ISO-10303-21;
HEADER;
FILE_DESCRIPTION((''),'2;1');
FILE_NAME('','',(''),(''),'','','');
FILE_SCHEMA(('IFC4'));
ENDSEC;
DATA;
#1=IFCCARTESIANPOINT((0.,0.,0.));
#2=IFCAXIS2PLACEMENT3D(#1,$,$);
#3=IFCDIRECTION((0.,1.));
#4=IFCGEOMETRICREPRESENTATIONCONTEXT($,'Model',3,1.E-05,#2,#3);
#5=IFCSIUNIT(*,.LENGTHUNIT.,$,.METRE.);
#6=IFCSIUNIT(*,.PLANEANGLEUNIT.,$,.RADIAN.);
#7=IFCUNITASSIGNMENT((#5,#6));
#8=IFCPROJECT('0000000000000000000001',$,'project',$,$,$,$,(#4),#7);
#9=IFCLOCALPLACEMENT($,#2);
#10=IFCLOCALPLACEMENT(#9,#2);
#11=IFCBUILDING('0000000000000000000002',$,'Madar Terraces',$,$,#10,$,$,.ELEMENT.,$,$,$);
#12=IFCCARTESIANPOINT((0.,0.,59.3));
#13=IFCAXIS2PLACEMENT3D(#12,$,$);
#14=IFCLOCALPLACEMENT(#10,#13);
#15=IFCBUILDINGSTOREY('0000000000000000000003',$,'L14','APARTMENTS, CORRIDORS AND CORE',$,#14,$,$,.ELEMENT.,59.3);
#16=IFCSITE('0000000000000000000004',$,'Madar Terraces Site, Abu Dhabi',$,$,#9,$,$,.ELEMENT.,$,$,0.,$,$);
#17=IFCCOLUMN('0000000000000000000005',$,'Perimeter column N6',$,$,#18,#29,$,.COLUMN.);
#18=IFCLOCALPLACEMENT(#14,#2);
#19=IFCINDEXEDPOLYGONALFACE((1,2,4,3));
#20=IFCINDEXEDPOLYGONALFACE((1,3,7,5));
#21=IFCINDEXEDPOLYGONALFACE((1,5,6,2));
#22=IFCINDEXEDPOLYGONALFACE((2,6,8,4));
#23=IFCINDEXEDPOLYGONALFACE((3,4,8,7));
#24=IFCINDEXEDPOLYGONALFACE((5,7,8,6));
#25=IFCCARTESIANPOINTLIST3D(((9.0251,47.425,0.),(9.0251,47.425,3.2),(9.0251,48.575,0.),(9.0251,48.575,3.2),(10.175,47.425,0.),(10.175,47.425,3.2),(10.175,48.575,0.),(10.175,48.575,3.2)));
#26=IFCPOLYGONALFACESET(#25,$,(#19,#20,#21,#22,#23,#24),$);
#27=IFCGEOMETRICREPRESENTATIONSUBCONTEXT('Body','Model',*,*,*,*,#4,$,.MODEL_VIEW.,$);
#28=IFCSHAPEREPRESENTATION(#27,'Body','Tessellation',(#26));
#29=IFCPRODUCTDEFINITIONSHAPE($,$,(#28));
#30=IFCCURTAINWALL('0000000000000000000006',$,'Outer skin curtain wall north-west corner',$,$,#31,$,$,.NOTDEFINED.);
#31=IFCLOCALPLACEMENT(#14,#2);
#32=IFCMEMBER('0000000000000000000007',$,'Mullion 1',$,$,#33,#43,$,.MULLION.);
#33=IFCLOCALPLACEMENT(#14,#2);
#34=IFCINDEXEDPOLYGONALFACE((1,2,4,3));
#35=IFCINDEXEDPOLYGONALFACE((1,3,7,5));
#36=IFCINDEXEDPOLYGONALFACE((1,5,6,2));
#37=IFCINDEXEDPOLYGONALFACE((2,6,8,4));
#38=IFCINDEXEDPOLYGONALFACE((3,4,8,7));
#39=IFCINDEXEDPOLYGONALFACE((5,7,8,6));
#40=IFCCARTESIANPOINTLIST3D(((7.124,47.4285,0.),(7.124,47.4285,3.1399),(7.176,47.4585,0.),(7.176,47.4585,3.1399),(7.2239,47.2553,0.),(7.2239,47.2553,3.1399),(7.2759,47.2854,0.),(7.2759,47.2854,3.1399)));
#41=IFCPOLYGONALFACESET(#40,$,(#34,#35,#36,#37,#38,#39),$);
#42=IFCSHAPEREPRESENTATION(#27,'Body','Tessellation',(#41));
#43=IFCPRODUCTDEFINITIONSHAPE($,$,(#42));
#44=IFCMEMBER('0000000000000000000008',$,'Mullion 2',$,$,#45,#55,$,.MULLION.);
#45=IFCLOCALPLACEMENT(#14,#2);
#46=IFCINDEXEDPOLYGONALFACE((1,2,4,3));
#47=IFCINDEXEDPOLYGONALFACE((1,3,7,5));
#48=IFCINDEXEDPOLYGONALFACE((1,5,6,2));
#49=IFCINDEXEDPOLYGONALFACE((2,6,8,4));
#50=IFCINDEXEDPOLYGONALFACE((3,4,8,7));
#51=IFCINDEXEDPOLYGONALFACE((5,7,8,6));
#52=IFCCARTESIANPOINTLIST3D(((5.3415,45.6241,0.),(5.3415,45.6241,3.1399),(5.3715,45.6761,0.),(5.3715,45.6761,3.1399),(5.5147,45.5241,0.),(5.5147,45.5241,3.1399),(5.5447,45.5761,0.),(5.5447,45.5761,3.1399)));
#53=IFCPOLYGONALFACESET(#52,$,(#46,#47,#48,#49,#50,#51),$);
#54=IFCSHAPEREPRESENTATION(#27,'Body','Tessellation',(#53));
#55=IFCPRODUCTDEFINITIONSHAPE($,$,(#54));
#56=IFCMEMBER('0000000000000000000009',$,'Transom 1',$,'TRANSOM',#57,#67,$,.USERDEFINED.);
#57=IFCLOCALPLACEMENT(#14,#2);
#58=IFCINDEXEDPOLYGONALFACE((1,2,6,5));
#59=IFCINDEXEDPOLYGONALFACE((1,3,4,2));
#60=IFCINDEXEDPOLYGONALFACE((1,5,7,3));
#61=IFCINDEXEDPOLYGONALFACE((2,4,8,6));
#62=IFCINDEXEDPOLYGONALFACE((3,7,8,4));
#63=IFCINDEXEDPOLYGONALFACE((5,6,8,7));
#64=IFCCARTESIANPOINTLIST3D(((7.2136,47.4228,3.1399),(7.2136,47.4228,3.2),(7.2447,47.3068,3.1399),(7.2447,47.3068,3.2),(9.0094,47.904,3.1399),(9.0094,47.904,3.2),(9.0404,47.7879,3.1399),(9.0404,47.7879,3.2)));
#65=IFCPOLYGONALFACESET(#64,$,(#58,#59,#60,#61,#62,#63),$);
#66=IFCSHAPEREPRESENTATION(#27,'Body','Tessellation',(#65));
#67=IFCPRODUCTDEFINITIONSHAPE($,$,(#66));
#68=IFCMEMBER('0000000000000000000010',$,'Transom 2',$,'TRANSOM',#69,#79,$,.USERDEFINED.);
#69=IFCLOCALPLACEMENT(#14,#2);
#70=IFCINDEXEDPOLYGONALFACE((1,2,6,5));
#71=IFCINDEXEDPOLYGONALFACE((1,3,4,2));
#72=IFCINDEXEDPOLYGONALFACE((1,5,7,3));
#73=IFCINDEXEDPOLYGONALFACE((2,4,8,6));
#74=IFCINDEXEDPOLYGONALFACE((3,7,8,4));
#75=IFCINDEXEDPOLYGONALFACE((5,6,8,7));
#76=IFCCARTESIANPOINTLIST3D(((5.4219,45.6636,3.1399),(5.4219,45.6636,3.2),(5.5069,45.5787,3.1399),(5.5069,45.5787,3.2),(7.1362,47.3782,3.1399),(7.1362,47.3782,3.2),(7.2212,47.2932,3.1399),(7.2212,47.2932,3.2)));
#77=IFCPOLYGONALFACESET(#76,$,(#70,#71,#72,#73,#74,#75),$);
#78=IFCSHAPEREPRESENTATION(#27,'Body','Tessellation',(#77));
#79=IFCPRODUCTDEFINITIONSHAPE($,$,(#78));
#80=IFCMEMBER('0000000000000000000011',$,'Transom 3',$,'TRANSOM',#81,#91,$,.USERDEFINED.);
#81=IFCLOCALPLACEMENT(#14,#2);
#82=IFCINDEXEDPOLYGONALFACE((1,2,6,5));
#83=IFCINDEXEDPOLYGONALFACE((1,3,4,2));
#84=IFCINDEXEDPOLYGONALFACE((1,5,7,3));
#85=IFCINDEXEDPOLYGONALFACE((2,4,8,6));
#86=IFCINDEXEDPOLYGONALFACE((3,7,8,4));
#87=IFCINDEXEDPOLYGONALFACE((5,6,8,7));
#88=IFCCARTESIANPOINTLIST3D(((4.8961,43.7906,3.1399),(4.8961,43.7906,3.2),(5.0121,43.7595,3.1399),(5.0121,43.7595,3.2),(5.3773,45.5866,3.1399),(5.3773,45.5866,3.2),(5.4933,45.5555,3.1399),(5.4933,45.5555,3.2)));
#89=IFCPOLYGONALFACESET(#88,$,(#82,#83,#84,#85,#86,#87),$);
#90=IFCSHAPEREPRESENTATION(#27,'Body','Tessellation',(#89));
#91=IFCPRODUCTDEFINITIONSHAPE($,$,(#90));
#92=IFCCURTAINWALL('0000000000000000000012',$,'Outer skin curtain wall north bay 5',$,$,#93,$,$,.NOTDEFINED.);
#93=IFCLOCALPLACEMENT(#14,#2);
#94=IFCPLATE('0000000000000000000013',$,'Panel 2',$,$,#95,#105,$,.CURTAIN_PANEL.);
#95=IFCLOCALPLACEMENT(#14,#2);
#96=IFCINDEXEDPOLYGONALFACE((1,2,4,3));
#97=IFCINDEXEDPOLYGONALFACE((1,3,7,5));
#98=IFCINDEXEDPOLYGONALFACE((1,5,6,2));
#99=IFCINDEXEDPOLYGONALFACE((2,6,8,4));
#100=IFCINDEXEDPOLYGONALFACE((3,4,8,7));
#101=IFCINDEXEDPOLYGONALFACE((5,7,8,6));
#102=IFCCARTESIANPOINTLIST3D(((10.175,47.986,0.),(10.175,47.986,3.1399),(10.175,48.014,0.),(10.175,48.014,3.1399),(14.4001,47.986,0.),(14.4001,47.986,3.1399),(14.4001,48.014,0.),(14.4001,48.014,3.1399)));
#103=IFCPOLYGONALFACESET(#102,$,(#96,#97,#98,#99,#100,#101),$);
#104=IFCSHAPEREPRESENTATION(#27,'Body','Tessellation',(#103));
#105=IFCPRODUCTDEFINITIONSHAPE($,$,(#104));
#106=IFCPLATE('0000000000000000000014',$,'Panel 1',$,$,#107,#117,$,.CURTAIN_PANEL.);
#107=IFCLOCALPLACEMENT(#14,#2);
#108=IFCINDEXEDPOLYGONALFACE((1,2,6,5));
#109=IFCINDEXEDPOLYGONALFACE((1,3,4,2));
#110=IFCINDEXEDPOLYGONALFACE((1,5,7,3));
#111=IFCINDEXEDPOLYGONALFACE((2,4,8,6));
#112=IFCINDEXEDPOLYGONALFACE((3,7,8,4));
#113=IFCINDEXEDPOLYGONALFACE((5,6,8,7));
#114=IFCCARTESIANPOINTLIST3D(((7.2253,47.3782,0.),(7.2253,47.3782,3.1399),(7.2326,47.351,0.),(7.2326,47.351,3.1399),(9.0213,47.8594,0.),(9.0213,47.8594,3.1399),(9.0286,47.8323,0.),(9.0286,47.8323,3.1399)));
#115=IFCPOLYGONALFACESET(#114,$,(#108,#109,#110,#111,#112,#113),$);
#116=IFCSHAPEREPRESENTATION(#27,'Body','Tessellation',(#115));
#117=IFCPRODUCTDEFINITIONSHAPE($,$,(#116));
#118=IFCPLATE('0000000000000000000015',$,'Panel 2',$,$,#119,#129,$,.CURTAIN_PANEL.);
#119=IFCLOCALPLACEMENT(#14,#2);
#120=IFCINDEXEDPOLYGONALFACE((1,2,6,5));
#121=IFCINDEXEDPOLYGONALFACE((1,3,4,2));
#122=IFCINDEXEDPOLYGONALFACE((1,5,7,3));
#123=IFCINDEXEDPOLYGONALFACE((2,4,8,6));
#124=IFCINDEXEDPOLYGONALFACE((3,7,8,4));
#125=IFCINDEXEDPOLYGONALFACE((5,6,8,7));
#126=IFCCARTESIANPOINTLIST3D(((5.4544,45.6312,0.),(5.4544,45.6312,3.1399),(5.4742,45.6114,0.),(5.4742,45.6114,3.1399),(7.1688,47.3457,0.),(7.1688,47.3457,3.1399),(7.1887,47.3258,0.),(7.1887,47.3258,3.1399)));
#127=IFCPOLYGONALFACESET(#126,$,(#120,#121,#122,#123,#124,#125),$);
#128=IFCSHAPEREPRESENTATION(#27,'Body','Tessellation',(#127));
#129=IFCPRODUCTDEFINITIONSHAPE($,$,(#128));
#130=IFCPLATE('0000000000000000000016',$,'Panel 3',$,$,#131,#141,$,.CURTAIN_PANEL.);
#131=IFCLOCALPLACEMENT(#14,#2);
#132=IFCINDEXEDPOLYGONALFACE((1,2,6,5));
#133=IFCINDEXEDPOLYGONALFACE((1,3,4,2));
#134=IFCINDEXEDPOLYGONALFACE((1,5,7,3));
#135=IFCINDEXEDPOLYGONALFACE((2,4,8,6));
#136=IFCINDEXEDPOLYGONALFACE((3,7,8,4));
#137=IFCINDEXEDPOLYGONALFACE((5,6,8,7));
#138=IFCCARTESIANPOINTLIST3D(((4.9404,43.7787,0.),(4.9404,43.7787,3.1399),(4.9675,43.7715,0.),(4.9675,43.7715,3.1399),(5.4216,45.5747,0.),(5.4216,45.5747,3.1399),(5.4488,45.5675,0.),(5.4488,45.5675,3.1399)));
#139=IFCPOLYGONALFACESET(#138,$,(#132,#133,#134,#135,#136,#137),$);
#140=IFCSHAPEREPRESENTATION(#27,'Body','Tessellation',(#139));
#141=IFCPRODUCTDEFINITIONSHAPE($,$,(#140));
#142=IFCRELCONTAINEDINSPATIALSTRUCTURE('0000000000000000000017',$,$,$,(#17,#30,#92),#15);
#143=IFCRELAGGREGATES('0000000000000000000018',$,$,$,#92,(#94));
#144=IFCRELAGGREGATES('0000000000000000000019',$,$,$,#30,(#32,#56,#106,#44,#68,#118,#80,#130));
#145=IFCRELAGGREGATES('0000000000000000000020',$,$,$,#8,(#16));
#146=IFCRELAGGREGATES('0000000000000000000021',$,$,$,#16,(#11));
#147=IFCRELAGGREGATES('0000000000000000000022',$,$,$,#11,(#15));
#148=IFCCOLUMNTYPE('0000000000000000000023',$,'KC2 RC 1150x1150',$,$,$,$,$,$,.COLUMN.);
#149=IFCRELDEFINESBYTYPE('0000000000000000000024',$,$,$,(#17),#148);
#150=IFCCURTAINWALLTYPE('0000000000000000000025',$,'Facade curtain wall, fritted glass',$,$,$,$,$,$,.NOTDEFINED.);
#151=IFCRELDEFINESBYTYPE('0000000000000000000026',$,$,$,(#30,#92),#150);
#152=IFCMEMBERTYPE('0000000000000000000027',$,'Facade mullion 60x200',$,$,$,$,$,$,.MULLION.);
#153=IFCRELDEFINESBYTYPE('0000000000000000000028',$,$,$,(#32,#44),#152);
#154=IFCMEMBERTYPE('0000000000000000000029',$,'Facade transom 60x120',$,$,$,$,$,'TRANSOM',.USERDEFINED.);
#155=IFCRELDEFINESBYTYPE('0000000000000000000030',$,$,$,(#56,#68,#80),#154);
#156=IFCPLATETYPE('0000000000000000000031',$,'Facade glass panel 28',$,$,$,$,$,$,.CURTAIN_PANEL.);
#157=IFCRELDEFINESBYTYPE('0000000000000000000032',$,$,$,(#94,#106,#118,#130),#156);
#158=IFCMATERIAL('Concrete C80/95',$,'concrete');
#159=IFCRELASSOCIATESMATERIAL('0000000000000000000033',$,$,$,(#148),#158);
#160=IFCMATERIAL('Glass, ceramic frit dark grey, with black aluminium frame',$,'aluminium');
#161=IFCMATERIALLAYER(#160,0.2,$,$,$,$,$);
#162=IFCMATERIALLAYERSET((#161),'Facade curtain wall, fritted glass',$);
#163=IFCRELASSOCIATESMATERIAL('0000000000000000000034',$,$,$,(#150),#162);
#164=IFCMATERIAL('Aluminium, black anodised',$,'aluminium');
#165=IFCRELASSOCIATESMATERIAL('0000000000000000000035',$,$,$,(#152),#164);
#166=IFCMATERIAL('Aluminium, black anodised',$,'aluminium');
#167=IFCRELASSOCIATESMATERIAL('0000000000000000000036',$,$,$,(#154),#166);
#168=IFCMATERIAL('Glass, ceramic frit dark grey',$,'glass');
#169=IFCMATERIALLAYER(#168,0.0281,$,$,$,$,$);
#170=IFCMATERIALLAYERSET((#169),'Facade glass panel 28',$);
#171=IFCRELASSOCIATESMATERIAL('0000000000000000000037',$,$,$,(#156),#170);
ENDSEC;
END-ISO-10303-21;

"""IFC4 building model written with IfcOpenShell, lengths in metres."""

from ifc_helpers import new_model, si_unit, direction, frame, origin, origin_2d, place, context, subcontext, project, spatial, rectangle, extrude, material, layer, layer_set, material_profile, profile_set, type_object, element, aggregate, save


model = new_model("IFC4")

# Units and contexts
model_context = context("Model", 3, precision=1e-05, world=origin(), true_north=direction((0.0, 1.0)))
body_context = subcontext(model_context, "Body", "Model", "MODEL_VIEW")
ifc_project = project(units=[si_unit("LENGTHUNIT", "METRE"), si_unit("PLANEANGLEUNIT", "RADIAN")], contexts=[model_context])

# Site, building, storey
site_placement = place(None, origin())
site = spatial("IfcSite", under=ifc_project, at=site_placement, Name="Madar Terraces Site, Abu Dhabi", CompositionType="ELEMENT", RefElevation=0.0)
building_placement = place(site_placement, origin())
building = spatial("IfcBuilding", under=site, at=building_placement, Name="Madar Terraces", CompositionType="ELEMENT")
storey_placement = place(building_placement, frame((0.0, 0.0, 59.3)))
storey = spatial("IfcBuildingStorey", under=building, at=storey_placement, Name="L14", Description="APARTMENTS, CORRIDORS AND CORE", CompositionType="ELEMENT", Elevation=59.3)

# Column
ifc_material_1 = material(Name="Concrete C80/95", Category="concrete")
ifc_material_profile_1 = material_profile(ifc_material_1, rectangle(XDim=1.1499, YDim=1.1499, at=origin_2d()), Name="KC2 RC 1150x1150")
ifc_profile_set_1 = profile_set([ifc_material_profile_1], Name="Concrete C80/95")
column_type = type_object("IfcColumnType", Name="KC2 RC 1150x1150", PredefinedType="COLUMN", material=ifc_profile_set_1)
column_placement = place(storey_placement, frame((9.6001, 48.0, 0.0), z_axis=(0.0, 0.0, 1.0), x_axis=(1.0, 0.0, 0.0)))
element("IfcColumn", 1, at=column_placement, inside=storey, type_object=column_type, Name="Perimeter column N6", PredefinedType="COLUMN", context=body_context, shape_type="SweptSolid", body=[
    extrude(rectangle(XDim=1.1499, YDim=1.1499, at=origin_2d()), origin(), (0.0, 0.0, 1.0), 3.2),
])

# Curtain wall, members
ifc_material_2 = material(Name="Glass, ceramic frit dark grey, with black aluminium frame", Category="aluminium")
ifc_layer_1 = layer(ifc_material_2, 0.2)
ifc_layer_set_1 = layer_set([ifc_layer_1], Name="Facade curtain wall, fritted glass")
curtain_wall_type = type_object("IfcCurtainWallType", Name="Facade curtain wall, fritted glass", PredefinedType="NOTDEFINED", material=ifc_layer_set_1)
curtain_wall_1_placement = place(storey_placement, origin())
curtain_wall_1 = element("IfcCurtainWall", 2, at=curtain_wall_1_placement, inside=storey, type_object=curtain_wall_type, Name="Outer skin curtain wall north-west corner", PredefinedType="NOTDEFINED")
ifc_material_3 = material(Name="Aluminium, black anodised", Category="aluminium")
ifc_material_profile_2 = material_profile(ifc_material_3, rectangle(XDim=0.2, YDim=0.0601, at=origin_2d()), Name="Facade mullion 60x200")
ifc_profile_set_2 = profile_set([ifc_material_profile_2], Name="Aluminium, black anodised")
member_type_1 = type_object("IfcMemberType", Name="Facade mullion 60x200", PredefinedType="MULLION", material=ifc_profile_set_2)
member_1_placement = place(storey_placement, frame((7.2, 47.3569, 0.0), z_axis=(0.0, 0.0, 1.0), x_axis=(0.5, -0.866025, 0.0)))
member_1 = element("IfcMember", 3, at=member_1_placement, type_object=member_type_1, Name="Mullion 1", PredefinedType="MULLION", context=body_context, shape_type="SweptSolid", body=[
    extrude(rectangle(XDim=0.2, YDim=0.0601, at=origin_2d()), origin(), (0.0, 0.0, 1.0), 3.1399),
])
member_2_placement = place(storey_placement, frame((5.4431, 45.6001, 0.0), z_axis=(0.0, 0.0, 1.0), x_axis=(0.866025, -0.5, 0.0)))
member_2 = element("IfcMember", 4, at=member_2_placement, type_object=member_type_1, Name="Mullion 2", PredefinedType="MULLION", context=body_context, shape_type="SweptSolid", body=[
    extrude(rectangle(XDim=0.2, YDim=0.0601, at=origin_2d()), origin(), (0.0, 0.0, 1.0), 3.1399),
])
ifc_material_4 = material(Name="Aluminium, black anodised", Category="aluminium")
ifc_material_profile_3 = material_profile(ifc_material_4, rectangle(XDim=0.1201, YDim=0.0601, at=origin_2d()), Name="Facade transom 60x120")
ifc_profile_set_3 = profile_set([ifc_material_profile_3], Name="Aluminium, black anodised")
member_type_2 = type_object("IfcMemberType", Name="Facade transom 60x120", ElementType="TRANSOM", PredefinedType="USERDEFINED", material=ifc_profile_set_3)
member_3_placement = place(storey_placement, frame((9.0249, 47.8459, 3.1699), z_axis=(-0.965927, -0.258815, 0.0), x_axis=(0.258815, -0.965927, 0.0)))
member_3 = element("IfcMember", 5, at=member_3_placement, type_object=member_type_2, Name="Transom 1", ObjectType="TRANSOM", PredefinedType="USERDEFINED", context=body_context, shape_type="SweptSolid", body=[
    extrude(rectangle(XDim=0.1201, YDim=0.0601, at=origin_2d()), origin(), (0.0, 0.0, 1.0), 1.8591),
])
member_4_placement = place(storey_placement, frame((7.1787, 47.3357, 3.1699), z_axis=(-0.707056, -0.707157, 0.0), x_axis=(0.707157, -0.707056, 0.0)))
member_4 = element("IfcMember", 6, at=member_4_placement, type_object=member_type_2, Name="Transom 2", ObjectType="TRANSOM", PredefinedType="USERDEFINED", context=body_context, shape_type="SweptSolid", body=[
    extrude(rectangle(XDim=0.1201, YDim=0.0601, at=origin_2d()), origin(), (0.0, 0.0, 1.0), 2.4246),
])
member_5_placement = place(storey_placement, frame((5.4353, 45.571, 3.1699), z_axis=(-0.258782, -0.965936, 0.0), x_axis=(0.965936, -0.258782, 0.0)))
member_5 = element("IfcMember", 7, at=member_5_placement, type_object=member_type_2, Name="Transom 3", ObjectType="TRANSOM", PredefinedType="USERDEFINED", context=body_context, shape_type="SweptSolid", body=[
    extrude(rectangle(XDim=0.1201, YDim=0.0601, at=origin_2d()), origin(), (0.0, 0.0, 1.0), 1.8594),
])

# Curtain wall, plate
curtain_wall_2_placement = place(storey_placement, origin())
curtain_wall_2 = element("IfcCurtainWall", 8, at=curtain_wall_2_placement, inside=storey, type_object=curtain_wall_type, Name="Outer skin curtain wall north bay 5", PredefinedType="NOTDEFINED")
ifc_material_5 = material(Name="Glass, ceramic frit dark grey", Category="glass")
ifc_layer_2 = layer(ifc_material_5, 0.0281)
ifc_layer_set_2 = layer_set([ifc_layer_2], Name="Facade glass panel 28")
plate_type = type_object("IfcPlateType", Name="Facade glass panel 28", PredefinedType="CURTAIN_PANEL", material=ifc_layer_set_2)
plate_1_placement = place(storey_placement, frame((12.2876, 48.0, 0.0), z_axis=(0.0, 0.0, 1.0), x_axis=(-1.0, 0.0, 0.0)))
plate_1 = element("IfcPlate", 9, at=plate_1_placement, type_object=plate_type, Name="Panel 2", PredefinedType="CURTAIN_PANEL", context=body_context, shape_type="SweptSolid", body=[
    extrude(rectangle(XDim=4.2251, YDim=0.0281, at=origin_2d()), origin(), (0.0, 0.0, 1.0), 3.1399),
])
aggregate(curtain_wall_2, [plate_1])

# Plates
plate_2_placement = place(storey_placement, frame((8.127, 47.6052, 0.0), z_axis=(0.0, 0.0, 1.0), x_axis=(-0.965926, -0.258819, 0.0)))
plate_2 = element("IfcPlate", 10, at=plate_2_placement, type_object=plate_type, Name="Panel 1", PredefinedType="CURTAIN_PANEL", context=body_context, shape_type="SweptSolid", body=[
    extrude(rectangle(XDim=1.8594, YDim=0.0281, at=origin_2d()), origin(), (0.0, 0.0, 1.0), 3.1399),
])
plate_3_placement = place(storey_placement, frame((6.3215, 46.4785, 0.0), z_axis=(0.0, 0.0, 1.0), x_axis=(-0.707107, -0.707107, 0.0)))
plate_3 = element("IfcPlate", 11, at=plate_3_placement, type_object=plate_type, Name="Panel 2", PredefinedType="CURTAIN_PANEL", context=body_context, shape_type="SweptSolid", body=[
    extrude(rectangle(XDim=2.4246, YDim=0.0281, at=origin_2d()), origin(), (0.0, 0.0, 1.0), 3.1399),
])
plate_4_placement = place(storey_placement, frame((5.1946, 44.6731, 0.0), z_axis=(0.0, 0.0, 1.0), x_axis=(-0.258819, -0.965926, 0.0)))
plate_4 = element("IfcPlate", 12, at=plate_4_placement, type_object=plate_type, Name="Panel 3", PredefinedType="CURTAIN_PANEL", context=body_context, shape_type="SweptSolid", body=[
    extrude(rectangle(XDim=1.8594, YDim=0.0281, at=origin_2d()), origin(), (0.0, 0.0, 1.0), 3.1399),
])
aggregate(curtain_wall_1, [member_1, member_3, plate_2, member_2, member_4, plate_3, member_5, plate_4])

save(model, "model.ifc")
